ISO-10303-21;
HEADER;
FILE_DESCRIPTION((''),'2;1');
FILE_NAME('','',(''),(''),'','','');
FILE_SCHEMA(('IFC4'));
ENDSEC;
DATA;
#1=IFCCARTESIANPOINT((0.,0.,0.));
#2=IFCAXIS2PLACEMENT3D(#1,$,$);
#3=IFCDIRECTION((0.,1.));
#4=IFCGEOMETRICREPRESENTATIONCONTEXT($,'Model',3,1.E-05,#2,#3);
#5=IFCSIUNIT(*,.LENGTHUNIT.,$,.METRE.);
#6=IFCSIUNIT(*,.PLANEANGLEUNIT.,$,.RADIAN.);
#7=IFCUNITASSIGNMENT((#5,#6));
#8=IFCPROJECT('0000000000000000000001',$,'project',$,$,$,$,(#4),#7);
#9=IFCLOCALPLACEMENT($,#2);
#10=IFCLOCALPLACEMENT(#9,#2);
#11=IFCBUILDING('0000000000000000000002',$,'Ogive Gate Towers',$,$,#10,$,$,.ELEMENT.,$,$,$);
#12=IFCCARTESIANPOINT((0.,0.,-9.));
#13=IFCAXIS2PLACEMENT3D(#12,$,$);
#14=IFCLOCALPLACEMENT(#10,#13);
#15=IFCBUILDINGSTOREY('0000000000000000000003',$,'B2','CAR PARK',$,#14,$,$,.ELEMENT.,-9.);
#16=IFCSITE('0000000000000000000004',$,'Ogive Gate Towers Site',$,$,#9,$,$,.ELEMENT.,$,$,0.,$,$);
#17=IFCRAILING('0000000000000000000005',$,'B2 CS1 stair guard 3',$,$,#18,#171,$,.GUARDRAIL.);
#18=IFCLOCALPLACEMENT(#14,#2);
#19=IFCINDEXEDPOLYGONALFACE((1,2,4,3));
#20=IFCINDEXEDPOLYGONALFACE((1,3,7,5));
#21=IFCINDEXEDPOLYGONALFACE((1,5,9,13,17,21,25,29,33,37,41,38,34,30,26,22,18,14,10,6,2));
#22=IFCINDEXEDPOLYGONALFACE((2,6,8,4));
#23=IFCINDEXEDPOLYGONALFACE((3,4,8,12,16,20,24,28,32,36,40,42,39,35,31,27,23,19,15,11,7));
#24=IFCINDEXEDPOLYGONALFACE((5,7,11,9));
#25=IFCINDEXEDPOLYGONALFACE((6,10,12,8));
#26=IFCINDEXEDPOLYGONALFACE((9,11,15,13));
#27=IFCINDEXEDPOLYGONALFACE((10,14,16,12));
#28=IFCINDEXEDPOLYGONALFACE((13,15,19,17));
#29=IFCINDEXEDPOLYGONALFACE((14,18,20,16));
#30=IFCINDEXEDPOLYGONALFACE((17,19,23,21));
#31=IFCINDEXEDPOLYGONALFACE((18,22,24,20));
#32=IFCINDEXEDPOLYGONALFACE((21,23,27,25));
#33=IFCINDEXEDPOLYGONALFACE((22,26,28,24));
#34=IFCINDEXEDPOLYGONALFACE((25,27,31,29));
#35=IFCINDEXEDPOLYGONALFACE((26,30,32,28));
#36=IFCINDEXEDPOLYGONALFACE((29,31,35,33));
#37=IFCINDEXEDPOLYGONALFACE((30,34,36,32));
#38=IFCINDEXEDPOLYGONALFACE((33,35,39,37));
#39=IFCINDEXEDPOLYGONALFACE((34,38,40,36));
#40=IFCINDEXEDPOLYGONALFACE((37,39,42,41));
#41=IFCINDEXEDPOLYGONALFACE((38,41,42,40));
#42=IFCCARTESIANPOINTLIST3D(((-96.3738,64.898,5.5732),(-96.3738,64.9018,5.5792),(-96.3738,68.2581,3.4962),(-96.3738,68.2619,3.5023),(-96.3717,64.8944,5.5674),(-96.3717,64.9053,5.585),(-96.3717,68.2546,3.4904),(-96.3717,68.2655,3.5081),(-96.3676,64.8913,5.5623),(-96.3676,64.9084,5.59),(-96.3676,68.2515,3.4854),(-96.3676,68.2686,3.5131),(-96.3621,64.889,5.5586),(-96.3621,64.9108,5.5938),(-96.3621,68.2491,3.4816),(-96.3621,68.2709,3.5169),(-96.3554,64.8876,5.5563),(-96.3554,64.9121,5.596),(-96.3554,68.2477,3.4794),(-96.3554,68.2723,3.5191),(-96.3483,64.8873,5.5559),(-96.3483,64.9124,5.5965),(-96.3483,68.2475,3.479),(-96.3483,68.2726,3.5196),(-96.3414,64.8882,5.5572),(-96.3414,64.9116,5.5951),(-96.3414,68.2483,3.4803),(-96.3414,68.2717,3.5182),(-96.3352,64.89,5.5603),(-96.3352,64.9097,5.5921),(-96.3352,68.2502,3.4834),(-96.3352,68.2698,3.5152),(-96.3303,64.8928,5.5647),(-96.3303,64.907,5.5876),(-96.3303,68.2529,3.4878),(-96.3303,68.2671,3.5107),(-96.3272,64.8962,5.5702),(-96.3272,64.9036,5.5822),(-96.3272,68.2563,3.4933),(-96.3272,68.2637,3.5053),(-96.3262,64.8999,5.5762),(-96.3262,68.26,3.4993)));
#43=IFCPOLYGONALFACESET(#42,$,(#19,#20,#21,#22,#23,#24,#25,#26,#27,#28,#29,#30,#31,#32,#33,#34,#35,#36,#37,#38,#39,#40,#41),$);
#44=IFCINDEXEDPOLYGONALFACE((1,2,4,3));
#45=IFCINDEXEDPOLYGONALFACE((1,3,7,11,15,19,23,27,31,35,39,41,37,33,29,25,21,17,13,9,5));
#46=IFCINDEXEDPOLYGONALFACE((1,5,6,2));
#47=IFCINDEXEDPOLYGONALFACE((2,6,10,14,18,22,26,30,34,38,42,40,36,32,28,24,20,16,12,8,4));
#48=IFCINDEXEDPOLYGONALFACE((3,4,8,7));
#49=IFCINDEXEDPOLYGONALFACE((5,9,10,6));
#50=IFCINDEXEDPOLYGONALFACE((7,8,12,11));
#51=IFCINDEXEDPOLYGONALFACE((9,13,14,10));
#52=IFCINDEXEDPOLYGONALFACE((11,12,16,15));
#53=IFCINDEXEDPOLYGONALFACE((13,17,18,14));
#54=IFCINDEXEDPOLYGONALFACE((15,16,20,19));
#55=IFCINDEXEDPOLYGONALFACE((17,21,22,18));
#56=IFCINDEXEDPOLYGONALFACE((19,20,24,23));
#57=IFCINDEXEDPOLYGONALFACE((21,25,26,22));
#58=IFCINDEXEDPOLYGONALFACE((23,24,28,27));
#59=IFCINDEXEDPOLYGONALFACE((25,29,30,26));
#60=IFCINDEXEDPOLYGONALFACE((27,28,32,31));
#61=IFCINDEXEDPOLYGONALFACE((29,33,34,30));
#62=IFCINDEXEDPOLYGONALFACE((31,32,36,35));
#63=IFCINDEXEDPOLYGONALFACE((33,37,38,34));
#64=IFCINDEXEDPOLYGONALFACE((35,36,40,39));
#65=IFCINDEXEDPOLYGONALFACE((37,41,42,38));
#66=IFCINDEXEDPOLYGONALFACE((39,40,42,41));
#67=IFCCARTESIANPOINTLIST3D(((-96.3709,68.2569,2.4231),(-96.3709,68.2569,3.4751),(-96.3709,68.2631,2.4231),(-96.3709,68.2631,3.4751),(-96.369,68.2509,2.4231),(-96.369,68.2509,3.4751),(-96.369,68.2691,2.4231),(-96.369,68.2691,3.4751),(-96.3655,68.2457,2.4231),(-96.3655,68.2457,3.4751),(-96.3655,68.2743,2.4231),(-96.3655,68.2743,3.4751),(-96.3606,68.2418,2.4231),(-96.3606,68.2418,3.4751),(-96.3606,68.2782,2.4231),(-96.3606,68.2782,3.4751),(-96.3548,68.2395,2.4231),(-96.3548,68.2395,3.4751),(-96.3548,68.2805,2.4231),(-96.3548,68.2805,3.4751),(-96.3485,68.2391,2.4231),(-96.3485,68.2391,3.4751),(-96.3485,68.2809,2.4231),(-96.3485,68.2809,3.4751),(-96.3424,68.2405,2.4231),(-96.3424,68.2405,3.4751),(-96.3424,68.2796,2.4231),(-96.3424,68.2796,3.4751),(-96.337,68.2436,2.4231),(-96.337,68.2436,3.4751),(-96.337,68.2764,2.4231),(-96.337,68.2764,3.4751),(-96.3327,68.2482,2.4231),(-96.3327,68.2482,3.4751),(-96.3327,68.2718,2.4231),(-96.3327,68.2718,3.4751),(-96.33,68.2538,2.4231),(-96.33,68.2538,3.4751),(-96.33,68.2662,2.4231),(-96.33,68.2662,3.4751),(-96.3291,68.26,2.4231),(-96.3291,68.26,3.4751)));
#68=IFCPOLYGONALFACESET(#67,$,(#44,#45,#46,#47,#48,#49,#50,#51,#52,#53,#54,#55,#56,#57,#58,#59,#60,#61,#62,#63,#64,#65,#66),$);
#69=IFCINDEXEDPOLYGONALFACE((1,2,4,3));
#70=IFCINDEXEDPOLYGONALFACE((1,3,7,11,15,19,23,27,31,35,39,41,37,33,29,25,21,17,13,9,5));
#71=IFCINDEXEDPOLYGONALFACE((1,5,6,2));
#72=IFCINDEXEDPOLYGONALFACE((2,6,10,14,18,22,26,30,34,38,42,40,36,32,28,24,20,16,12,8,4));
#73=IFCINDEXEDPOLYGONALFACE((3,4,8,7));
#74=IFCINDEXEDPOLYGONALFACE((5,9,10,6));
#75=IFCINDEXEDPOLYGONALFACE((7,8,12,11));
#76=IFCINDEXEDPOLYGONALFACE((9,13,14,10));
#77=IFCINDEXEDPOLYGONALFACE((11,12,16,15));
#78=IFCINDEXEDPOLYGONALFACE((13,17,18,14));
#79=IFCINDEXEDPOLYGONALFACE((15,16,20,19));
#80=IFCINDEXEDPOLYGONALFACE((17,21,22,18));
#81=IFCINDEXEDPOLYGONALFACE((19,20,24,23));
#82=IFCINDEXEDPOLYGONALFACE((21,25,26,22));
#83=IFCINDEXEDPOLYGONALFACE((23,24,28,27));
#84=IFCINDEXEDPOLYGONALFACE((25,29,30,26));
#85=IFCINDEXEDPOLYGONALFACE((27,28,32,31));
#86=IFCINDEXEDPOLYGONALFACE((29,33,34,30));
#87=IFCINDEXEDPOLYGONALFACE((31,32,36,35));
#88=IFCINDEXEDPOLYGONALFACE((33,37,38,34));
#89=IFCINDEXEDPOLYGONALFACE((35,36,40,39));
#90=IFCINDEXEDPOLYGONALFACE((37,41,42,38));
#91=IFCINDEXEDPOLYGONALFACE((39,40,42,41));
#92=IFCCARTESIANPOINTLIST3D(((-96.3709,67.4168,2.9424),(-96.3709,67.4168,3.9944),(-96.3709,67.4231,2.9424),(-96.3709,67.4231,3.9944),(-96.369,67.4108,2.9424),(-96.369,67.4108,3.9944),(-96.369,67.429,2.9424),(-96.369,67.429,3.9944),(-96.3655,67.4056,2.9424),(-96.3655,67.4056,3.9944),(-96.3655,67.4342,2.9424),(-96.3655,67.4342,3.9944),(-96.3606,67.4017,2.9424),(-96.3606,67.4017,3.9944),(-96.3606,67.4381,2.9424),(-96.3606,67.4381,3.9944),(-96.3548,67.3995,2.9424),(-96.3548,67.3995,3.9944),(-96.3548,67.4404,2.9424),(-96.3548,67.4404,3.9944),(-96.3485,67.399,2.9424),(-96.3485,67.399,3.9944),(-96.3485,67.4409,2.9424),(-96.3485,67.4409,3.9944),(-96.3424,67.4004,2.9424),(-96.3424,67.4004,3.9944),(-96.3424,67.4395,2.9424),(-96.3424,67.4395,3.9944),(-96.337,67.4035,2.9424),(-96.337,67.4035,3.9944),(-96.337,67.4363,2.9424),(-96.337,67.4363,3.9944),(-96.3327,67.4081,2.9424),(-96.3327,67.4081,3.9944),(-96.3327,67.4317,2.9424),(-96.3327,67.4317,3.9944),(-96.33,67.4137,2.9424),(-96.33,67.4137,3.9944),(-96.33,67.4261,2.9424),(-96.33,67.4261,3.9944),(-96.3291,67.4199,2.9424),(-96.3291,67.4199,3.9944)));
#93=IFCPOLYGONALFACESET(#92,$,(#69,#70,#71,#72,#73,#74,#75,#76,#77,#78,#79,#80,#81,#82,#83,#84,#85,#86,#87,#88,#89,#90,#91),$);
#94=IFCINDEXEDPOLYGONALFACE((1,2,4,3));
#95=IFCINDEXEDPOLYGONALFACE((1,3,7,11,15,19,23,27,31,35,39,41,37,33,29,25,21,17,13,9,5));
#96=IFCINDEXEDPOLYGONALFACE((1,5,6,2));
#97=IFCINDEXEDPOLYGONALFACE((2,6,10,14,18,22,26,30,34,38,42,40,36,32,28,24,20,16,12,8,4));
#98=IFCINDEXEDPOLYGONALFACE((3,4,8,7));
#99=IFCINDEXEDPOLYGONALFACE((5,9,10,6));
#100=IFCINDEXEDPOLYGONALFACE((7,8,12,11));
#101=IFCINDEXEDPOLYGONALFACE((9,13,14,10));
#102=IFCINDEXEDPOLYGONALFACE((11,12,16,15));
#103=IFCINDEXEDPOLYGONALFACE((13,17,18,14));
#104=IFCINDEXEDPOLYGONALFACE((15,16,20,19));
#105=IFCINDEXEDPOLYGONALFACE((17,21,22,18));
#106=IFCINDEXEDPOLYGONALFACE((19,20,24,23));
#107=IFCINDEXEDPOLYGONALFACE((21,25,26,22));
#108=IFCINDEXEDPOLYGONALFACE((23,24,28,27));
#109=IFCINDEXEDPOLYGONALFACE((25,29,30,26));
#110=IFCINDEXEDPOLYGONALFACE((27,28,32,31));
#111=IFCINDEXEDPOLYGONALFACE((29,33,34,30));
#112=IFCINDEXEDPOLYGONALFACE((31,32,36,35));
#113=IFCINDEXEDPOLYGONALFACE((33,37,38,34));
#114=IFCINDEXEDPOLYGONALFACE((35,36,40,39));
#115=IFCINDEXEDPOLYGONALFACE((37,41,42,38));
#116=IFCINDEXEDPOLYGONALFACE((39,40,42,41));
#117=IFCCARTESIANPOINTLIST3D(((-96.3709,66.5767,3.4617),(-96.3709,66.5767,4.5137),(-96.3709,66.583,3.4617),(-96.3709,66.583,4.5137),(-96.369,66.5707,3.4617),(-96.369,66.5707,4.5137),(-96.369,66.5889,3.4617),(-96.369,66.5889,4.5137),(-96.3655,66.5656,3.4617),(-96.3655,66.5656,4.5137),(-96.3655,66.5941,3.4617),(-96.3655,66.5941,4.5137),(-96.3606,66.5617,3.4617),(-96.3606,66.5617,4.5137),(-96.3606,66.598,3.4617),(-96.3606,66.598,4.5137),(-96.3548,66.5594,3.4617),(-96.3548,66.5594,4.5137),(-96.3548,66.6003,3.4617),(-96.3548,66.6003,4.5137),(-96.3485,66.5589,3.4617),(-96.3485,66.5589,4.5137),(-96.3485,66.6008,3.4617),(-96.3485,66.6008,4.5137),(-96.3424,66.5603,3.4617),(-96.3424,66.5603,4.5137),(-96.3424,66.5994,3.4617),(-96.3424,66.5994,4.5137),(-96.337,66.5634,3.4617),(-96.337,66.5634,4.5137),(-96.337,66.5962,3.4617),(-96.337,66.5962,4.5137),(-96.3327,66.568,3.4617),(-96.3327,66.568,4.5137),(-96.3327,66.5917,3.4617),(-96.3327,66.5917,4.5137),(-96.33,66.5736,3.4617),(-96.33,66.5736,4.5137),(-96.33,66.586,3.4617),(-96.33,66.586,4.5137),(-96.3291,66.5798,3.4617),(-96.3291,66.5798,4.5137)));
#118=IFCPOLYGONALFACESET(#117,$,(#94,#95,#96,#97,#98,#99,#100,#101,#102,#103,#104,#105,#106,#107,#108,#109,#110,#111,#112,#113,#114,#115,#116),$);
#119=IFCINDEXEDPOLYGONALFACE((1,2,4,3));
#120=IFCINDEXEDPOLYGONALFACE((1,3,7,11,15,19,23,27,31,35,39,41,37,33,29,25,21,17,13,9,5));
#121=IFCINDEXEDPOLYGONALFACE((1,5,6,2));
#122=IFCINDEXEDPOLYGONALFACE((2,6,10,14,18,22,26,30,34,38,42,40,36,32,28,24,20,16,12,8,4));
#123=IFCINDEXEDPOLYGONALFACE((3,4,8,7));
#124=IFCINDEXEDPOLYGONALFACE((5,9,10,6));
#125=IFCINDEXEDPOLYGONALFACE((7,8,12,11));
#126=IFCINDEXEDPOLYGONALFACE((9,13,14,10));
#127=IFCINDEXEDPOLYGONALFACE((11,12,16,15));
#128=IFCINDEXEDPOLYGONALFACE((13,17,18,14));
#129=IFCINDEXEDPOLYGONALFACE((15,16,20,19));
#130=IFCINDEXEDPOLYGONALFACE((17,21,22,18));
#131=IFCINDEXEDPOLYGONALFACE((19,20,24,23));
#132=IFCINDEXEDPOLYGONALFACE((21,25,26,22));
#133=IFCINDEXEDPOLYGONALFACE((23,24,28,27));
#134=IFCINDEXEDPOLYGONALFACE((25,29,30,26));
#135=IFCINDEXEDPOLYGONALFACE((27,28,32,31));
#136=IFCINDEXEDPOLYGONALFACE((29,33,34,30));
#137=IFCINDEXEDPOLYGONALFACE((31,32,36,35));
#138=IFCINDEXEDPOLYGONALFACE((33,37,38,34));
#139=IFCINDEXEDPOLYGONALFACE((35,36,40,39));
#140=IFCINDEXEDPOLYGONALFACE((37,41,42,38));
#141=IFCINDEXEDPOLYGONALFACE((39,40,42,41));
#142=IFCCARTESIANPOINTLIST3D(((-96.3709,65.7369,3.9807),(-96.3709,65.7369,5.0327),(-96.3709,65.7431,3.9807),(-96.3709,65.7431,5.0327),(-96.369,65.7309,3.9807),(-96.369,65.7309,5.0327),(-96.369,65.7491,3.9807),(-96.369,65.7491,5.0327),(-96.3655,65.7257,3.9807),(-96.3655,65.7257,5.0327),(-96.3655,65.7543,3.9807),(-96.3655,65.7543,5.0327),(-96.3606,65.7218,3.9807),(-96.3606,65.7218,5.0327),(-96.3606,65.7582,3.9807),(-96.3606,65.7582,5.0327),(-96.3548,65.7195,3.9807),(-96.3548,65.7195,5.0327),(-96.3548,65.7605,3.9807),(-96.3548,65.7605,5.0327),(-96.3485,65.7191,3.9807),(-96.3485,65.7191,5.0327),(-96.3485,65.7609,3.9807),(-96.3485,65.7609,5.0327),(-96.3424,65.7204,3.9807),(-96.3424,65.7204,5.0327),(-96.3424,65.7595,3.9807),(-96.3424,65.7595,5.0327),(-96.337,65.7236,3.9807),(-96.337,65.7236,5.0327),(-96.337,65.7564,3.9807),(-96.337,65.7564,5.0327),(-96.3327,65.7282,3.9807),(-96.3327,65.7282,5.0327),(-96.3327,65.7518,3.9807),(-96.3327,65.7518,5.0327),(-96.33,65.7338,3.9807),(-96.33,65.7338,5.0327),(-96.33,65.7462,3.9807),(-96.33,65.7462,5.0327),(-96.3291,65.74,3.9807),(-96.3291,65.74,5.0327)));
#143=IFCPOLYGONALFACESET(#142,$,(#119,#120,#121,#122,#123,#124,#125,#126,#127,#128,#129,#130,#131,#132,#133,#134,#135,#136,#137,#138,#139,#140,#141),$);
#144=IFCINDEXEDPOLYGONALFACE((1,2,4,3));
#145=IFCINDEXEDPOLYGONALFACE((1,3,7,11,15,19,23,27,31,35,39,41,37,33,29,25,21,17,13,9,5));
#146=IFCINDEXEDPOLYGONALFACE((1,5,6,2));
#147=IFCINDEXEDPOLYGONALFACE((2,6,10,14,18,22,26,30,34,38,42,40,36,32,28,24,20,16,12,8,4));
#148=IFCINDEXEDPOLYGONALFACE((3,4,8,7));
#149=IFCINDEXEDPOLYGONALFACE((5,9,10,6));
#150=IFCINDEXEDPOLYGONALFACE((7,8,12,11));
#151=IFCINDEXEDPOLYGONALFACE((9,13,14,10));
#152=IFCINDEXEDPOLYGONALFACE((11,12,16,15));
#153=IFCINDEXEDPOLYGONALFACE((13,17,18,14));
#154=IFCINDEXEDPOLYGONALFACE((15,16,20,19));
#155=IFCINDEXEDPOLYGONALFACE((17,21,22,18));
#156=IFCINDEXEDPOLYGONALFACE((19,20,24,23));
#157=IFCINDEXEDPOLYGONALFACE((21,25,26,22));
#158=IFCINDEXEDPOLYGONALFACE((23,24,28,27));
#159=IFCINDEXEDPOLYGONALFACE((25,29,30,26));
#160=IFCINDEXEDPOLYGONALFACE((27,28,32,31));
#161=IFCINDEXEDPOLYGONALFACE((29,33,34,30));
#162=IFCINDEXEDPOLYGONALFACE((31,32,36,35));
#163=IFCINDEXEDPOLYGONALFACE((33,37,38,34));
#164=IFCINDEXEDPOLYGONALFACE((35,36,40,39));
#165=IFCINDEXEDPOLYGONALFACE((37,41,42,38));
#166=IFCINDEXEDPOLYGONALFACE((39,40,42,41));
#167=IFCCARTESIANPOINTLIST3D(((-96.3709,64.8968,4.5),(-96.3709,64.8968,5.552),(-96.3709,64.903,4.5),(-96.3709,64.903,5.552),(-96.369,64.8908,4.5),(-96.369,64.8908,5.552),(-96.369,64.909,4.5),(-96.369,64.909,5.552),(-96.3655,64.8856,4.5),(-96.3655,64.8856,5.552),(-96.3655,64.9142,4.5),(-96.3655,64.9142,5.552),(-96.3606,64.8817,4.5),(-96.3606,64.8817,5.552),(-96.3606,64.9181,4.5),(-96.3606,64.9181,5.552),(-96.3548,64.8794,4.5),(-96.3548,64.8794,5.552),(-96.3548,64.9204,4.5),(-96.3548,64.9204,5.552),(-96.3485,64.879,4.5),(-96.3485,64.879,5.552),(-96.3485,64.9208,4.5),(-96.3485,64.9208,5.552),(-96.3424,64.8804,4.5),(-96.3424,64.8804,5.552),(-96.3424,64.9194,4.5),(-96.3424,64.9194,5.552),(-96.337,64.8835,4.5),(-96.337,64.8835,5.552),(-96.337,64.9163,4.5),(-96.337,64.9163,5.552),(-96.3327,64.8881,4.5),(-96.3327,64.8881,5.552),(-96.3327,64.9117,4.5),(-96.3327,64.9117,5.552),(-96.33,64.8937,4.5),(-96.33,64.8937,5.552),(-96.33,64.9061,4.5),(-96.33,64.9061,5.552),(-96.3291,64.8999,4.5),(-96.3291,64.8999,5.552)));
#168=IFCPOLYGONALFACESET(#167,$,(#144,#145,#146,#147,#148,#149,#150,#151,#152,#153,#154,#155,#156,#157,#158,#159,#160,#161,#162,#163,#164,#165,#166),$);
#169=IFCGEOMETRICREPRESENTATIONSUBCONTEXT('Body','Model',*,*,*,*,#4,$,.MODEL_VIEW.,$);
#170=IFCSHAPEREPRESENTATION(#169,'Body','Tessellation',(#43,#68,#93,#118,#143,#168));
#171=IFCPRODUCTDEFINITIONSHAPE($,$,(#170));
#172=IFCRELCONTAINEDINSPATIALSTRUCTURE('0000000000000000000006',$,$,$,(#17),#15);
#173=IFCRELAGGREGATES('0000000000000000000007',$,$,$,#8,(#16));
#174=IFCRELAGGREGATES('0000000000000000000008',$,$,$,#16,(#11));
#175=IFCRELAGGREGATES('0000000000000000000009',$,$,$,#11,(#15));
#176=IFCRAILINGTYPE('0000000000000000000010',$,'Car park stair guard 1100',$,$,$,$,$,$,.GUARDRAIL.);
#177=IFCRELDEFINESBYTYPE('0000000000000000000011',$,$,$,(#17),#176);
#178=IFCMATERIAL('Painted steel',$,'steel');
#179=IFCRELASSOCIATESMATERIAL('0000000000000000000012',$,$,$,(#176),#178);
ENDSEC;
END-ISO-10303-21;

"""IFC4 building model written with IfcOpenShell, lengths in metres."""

from ifc_helpers import new_model, si_unit, direction, frame, origin, origin_2d, place, context, subcontext, project, spatial, circle, extrude, material, type_object, element, save


model = new_model("IFC4")

# Units and contexts
model_context = context("Model", 3, precision=1e-05, world=origin(), true_north=direction((0.0, 1.0)))
body_context = subcontext(model_context, "Body", "Model", "MODEL_VIEW")
ifc_project = project(units=[si_unit("LENGTHUNIT", "METRE"), si_unit("PLANEANGLEUNIT", "RADIAN")], contexts=[model_context])

# Site, building, storey
site_placement = place(None, origin())
site = spatial("IfcSite", under=ifc_project, at=site_placement, Name="Ogive Gate Towers Site", CompositionType="ELEMENT", RefElevation=0.0)
building_placement = place(site_placement, origin())
building = spatial("IfcBuilding", under=site, at=building_placement, Name="Ogive Gate Towers", CompositionType="ELEMENT")
storey_placement = place(building_placement, frame((0.0, 0.0, -9.0)))
storey = spatial("IfcBuildingStorey", under=building, at=storey_placement, Name="B2", Description="CAR PARK", CompositionType="ELEMENT", Elevation=-9.0)

# Railing
ifc_material_1 = material(Name="Painted steel", Category="steel")
railing_type_1 = type_object("IfcRailingType", Name="Car park stair guard 1100", PredefinedType="GUARDRAIL", material=ifc_material_1)
railing_1_placement = place(storey_placement, frame((-96.3501, 68.26, 2.4231)))
element("IfcRailing", 1, at=railing_1_placement, inside=storey, type_object=railing_type_1, Name="B2 CS1 stair guard 3", PredefinedType="GUARDRAIL", context=body_context, shape_type="SweptSolid", body=[
    extrude(circle(Radius=0.0239, at=origin_2d()), frame((0.0, 0.0, 1.0762), z_axis=(0.0, -0.850623, 0.525776), x_axis=(1.0, 0.0, 0.0)), (0.0, 0.0, 1.0), 3.9502),
    extrude(circle(Radius=0.021, at=origin_2d()), origin(), (0.0, 0.0, 1.0), 1.052),
    extrude(circle(Radius=0.021, at=origin_2d()), frame((0.0, -0.8401, 0.5193)), (0.0, 0.0, 1.0), 1.052),
    extrude(circle(Radius=0.021, at=origin_2d()), frame((0.0, -1.6802, 1.0386)), (0.0, 0.0, 1.0), 1.052),
    extrude(circle(Radius=0.021, at=origin_2d()), frame((0.0, -2.52, 1.5576)), (0.0, 0.0, 1.0), 1.052),
    extrude(circle(Radius=0.021, at=origin_2d()), frame((0.0, -3.3601, 2.0769)), (0.0, 0.0, 1.0), 1.052),
])

save(model, "model.ifc")
